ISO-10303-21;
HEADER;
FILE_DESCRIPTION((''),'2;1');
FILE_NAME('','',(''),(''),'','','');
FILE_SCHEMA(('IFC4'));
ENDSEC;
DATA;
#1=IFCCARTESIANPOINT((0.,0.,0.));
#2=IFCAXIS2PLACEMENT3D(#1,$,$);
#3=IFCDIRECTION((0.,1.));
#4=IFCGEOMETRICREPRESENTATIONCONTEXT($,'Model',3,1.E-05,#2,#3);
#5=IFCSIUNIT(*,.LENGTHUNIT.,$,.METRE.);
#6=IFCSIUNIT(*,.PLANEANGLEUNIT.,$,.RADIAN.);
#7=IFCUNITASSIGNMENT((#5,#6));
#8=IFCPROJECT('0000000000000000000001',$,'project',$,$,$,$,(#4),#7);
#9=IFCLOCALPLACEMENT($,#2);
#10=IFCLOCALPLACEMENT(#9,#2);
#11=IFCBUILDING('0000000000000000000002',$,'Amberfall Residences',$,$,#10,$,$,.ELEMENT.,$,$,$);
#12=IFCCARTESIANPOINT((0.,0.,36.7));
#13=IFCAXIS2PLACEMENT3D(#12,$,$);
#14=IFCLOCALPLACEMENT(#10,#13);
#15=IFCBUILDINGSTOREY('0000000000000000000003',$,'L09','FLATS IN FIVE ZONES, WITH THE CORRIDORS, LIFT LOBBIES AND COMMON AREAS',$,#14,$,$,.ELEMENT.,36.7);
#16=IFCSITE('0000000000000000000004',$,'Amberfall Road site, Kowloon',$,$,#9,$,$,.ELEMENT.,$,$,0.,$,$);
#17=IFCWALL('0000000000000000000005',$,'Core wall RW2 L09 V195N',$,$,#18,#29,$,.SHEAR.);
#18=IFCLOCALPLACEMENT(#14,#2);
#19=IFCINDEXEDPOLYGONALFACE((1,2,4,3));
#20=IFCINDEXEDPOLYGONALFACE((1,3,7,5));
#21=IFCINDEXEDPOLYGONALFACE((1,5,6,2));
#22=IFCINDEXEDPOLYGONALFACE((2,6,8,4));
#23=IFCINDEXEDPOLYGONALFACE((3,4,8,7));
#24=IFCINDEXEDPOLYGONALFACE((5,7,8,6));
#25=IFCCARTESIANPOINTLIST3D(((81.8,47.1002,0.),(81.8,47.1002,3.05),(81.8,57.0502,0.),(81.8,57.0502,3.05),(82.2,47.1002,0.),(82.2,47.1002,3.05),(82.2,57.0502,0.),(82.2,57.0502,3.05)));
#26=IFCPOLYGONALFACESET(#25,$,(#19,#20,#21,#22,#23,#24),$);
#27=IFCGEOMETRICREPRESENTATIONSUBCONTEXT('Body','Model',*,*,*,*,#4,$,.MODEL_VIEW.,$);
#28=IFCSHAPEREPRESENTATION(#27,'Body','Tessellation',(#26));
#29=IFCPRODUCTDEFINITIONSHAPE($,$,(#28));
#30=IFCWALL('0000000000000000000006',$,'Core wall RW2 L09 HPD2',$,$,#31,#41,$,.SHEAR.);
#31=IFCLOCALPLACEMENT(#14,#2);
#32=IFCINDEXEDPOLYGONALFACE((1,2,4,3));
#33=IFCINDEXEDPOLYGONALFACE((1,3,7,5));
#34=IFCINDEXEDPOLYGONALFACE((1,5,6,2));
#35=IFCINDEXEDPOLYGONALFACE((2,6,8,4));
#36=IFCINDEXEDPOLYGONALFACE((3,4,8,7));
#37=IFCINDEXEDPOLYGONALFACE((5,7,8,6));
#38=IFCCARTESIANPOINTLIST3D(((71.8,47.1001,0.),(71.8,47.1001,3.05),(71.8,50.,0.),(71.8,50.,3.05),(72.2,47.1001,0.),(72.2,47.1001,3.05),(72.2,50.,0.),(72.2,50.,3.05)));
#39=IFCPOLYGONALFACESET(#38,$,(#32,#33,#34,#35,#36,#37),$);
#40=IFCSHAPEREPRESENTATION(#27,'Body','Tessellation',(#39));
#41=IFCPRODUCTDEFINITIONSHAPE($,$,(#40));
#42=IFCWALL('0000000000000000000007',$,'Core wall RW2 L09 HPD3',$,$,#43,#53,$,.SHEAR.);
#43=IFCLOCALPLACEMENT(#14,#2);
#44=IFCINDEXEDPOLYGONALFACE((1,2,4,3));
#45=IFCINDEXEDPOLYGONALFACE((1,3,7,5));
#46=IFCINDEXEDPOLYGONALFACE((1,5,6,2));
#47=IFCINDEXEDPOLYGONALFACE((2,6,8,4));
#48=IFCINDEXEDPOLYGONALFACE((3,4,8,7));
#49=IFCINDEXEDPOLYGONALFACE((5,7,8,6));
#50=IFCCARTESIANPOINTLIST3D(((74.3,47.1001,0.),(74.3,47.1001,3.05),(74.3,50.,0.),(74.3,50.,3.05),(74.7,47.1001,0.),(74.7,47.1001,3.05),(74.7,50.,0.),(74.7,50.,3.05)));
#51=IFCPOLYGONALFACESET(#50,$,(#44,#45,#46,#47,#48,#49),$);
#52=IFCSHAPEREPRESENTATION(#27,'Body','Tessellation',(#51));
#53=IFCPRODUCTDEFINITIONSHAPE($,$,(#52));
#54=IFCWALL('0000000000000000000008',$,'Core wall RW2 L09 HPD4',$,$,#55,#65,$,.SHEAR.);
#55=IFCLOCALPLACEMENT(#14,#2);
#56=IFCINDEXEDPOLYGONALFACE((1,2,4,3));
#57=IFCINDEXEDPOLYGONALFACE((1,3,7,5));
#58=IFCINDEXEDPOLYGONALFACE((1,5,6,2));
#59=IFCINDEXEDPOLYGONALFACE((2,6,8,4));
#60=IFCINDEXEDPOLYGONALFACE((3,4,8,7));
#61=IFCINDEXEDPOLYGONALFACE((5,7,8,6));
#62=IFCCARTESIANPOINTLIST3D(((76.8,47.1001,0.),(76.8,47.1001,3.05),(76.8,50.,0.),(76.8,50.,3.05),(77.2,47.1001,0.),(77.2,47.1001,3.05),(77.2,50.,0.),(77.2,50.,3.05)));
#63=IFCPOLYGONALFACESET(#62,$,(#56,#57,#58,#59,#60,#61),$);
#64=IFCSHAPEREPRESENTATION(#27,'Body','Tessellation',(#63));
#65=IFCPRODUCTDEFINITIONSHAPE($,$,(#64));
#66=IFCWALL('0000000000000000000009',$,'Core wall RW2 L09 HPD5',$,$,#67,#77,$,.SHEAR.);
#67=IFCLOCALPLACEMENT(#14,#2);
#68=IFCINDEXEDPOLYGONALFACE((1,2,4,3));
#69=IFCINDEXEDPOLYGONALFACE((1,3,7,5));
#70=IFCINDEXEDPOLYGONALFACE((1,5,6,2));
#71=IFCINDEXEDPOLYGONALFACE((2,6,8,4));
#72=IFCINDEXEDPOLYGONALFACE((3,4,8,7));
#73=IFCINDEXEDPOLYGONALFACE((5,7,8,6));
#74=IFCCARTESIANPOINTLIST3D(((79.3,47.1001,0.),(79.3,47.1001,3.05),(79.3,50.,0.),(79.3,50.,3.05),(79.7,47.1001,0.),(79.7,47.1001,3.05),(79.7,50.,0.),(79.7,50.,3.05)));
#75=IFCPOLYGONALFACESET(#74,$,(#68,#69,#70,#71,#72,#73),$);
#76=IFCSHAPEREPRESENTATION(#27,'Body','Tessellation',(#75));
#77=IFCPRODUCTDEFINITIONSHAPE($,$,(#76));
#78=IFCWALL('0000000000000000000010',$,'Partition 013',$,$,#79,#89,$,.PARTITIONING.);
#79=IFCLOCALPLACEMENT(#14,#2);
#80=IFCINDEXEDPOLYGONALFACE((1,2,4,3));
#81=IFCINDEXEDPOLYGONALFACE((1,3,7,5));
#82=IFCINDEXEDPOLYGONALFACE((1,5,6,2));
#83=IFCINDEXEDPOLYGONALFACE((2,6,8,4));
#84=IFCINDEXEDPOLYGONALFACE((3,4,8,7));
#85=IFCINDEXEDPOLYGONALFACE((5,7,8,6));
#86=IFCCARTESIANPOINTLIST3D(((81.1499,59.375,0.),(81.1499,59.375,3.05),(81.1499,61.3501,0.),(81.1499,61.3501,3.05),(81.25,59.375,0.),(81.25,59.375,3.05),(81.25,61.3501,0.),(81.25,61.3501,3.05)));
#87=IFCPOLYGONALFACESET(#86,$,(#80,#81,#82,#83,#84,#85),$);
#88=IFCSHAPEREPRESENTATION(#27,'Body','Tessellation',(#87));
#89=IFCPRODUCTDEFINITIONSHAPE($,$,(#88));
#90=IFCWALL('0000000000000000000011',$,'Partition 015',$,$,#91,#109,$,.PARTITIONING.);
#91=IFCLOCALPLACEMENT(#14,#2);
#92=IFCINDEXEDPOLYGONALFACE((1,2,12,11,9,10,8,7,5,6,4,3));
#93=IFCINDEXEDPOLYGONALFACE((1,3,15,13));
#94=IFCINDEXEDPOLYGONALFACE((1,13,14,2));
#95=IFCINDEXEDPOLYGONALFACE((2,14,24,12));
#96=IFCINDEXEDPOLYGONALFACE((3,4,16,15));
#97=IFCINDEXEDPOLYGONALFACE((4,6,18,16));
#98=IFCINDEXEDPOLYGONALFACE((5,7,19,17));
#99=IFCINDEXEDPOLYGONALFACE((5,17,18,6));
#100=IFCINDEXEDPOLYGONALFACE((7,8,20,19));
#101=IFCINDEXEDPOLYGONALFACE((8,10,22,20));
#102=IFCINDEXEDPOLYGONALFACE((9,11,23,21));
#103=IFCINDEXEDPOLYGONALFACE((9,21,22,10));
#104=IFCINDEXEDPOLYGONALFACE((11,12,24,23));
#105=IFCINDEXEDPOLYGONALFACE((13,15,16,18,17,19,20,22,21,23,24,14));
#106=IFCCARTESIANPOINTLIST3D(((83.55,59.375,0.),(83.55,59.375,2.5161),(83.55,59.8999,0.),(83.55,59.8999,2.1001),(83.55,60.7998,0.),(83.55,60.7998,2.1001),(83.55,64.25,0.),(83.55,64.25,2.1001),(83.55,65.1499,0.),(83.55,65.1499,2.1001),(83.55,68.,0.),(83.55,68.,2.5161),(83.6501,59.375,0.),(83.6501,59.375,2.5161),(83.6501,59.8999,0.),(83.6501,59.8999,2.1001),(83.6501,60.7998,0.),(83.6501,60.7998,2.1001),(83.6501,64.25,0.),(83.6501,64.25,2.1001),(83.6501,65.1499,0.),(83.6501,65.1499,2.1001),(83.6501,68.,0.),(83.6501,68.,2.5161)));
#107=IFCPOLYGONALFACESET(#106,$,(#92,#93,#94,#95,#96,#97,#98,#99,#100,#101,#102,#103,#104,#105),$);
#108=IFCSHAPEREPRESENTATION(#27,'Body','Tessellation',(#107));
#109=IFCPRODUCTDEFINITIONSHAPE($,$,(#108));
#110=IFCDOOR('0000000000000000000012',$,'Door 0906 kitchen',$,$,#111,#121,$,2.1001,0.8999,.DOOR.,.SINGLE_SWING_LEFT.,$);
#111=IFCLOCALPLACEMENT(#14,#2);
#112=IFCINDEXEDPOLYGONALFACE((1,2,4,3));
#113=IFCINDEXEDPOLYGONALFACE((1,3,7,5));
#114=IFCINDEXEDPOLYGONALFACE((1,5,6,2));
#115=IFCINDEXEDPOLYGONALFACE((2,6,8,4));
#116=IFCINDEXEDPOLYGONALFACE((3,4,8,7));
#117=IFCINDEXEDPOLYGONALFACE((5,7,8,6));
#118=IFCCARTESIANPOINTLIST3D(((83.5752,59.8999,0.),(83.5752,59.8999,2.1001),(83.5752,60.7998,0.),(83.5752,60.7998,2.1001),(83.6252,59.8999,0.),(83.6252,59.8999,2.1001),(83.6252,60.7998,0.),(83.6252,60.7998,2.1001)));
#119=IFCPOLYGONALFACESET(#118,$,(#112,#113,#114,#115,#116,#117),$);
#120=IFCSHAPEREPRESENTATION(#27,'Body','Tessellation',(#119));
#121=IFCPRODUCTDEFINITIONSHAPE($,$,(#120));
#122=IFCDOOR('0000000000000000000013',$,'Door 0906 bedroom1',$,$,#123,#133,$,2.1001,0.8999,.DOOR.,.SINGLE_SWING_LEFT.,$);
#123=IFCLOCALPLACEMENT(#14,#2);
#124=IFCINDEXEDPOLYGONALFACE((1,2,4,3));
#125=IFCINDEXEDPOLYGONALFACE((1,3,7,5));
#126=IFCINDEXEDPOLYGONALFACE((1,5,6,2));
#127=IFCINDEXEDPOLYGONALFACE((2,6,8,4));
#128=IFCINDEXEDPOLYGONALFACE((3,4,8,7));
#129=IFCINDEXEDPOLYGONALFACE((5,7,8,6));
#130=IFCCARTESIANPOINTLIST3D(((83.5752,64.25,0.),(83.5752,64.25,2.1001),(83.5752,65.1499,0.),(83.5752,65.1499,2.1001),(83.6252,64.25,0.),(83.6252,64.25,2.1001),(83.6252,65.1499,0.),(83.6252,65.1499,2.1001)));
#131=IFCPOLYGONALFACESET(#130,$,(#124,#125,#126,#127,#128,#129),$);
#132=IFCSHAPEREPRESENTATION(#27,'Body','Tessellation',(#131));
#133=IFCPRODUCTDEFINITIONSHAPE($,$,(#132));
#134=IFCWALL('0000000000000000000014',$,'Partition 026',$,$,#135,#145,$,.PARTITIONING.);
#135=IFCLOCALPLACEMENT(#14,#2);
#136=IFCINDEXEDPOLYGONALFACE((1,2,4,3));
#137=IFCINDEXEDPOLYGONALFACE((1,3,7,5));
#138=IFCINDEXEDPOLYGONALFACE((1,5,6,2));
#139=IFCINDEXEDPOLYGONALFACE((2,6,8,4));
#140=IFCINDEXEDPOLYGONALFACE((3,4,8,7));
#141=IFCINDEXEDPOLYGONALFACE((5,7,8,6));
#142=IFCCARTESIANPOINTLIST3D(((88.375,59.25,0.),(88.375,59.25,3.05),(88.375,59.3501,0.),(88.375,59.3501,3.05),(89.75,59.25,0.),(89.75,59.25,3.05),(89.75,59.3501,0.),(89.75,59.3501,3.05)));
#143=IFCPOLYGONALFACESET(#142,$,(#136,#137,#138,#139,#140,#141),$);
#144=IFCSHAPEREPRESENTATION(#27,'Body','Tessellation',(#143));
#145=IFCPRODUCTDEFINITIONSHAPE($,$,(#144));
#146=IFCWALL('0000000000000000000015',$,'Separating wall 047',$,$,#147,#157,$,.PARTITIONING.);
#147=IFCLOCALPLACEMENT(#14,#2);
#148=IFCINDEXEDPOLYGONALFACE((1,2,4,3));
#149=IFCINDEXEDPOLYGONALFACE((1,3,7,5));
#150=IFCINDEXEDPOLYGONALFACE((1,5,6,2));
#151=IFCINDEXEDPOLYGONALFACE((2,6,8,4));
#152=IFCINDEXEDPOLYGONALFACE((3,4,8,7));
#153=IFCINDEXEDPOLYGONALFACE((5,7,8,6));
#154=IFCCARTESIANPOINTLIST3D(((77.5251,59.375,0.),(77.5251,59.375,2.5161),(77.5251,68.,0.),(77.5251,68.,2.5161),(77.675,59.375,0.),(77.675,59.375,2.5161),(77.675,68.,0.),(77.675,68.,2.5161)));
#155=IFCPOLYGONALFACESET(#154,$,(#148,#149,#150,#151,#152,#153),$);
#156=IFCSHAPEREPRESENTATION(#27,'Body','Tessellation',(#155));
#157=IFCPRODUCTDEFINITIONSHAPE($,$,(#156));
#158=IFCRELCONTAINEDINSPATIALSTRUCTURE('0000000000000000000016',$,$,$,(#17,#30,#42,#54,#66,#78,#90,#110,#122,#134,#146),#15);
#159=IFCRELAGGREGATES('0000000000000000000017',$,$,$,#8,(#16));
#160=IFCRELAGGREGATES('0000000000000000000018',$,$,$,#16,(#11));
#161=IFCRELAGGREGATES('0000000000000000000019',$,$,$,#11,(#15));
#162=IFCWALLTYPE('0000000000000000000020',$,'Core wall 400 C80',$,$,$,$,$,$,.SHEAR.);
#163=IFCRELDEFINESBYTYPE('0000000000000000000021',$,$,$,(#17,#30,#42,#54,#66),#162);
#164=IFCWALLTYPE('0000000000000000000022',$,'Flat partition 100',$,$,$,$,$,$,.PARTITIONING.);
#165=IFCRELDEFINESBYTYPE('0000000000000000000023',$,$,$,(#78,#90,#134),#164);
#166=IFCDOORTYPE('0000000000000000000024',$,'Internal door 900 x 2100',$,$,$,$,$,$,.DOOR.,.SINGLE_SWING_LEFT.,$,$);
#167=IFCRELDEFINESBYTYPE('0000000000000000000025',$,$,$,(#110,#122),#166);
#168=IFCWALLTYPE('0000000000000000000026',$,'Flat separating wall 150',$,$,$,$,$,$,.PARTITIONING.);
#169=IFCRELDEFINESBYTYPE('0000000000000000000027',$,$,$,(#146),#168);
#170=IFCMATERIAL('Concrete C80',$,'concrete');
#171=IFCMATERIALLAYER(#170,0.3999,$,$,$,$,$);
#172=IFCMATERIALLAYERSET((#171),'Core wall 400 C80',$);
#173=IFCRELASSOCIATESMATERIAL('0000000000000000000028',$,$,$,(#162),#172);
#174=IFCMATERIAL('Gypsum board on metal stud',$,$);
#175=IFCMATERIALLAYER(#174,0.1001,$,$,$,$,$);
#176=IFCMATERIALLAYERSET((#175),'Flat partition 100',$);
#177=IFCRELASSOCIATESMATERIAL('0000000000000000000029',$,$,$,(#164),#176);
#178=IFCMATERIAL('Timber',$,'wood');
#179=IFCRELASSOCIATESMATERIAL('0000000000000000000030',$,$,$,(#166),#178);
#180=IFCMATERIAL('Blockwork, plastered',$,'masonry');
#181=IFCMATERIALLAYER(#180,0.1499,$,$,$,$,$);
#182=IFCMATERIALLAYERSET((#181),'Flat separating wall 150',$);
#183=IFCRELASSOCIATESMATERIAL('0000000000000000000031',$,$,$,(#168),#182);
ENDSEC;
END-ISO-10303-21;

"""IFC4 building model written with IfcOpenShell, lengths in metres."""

from ifc_helpers import new_model, si_unit, direction, frame, frame_2d, origin, place, context, subcontext, project, spatial, rectangle, extrude, material, layer, layer_set, type_object, element, fill, save


model = new_model("IFC4")

# Units and contexts
model_context = context("Model", 3, precision=1e-05, world=origin(), true_north=direction((0.0, 1.0)))
body_context = subcontext(model_context, "Body", "Model", "MODEL_VIEW")
ifc_project = project(units=[si_unit("LENGTHUNIT", "METRE"), si_unit("PLANEANGLEUNIT", "RADIAN")], contexts=[model_context])

# Site, building, storey
site_placement = place(None, origin())
site = spatial("IfcSite", under=ifc_project, at=site_placement, Name="Amberfall Road site, Kowloon", CompositionType="ELEMENT", RefElevation=0.0)
building_placement = place(site_placement, origin())
building = spatial("IfcBuilding", under=site, at=building_placement, Name="Amberfall Residences", CompositionType="ELEMENT")
storey_placement = place(building_placement, frame((0.0, 0.0, 36.7)))
storey = spatial("IfcBuildingStorey", under=building, at=storey_placement, Name="L09", Description="FLATS IN FIVE ZONES, WITH THE CORRIDORS, LIFT LOBBIES AND COMMON AREAS", CompositionType="ELEMENT", Elevation=36.7)

# Walls
ifc_material_1 = material(Name="Concrete C80", Category="concrete")
ifc_layer_1 = layer(ifc_material_1, 0.3999)
ifc_layer_set_1 = layer_set([ifc_layer_1], Name="Core wall 400 C80")
wall_type_1 = type_object("IfcWallType", Name="Core wall 400 C80", PredefinedType="SHEAR", material=ifc_layer_set_1)
wall_1_placement = place(storey_placement, frame((82.0, 47.1001, 0.0), z_axis=(0.0, 0.0, 1.0), x_axis=(0.0, 1.0, 0.0)))
element("IfcWall", 1, at=wall_1_placement, inside=storey, type_object=wall_type_1, Name="Core wall RW2 L09 V195N", PredefinedType="SHEAR", context=body_context, shape_type="SweptSolid", body=[
    extrude(rectangle(XDim=9.95, YDim=0.3999, at=frame_2d((4.9751, 0.0))), origin(), (0.0, 0.0, 1.0), 3.05),
])
for number, where, z_axis, x_axis, name in (
    (2, (72.0, 47.1001, 0.0), (0.0, 0.0, 1.0), (0.0, 1.0, 0.0), "Core wall RW2 L09 HPD2"),
    (3, (74.5, 47.1001, 0.0), (0.0, 0.0, 1.0), (0.0, 1.0, 0.0), "Core wall RW2 L09 HPD3"),
    (4, (77.0, 47.1001, 0.0), (0.0, 0.0, 1.0), (0.0, 1.0, 0.0), "Core wall RW2 L09 HPD4"),
    (5, (79.5, 47.1001, 0.0), (0.0, 0.0, 1.0), (0.0, 1.0, 0.0), "Core wall RW2 L09 HPD5"),
):
    element("IfcWall", number, at=place(storey_placement, frame(where, z_axis=z_axis, x_axis=x_axis)), inside=storey, type_object=wall_type_1, Name=name, PredefinedType="SHEAR", context=body_context, shape_type="SweptSolid", body=[
        extrude(rectangle(XDim=2.8999, YDim=0.3999, at=frame_2d((1.45, 0.0))), origin(), (0.0, 0.0, 1.0), 3.05),
    ])
ifc_material_2 = material(Name="Gypsum board on metal stud")
ifc_layer_2 = layer(ifc_material_2, 0.1001)
ifc_layer_set_2 = layer_set([ifc_layer_2], Name="Flat partition 100")
wall_type_2 = type_object("IfcWallType", Name="Flat partition 100", PredefinedType="PARTITIONING", material=ifc_layer_set_2)
wall_2_placement = place(storey_placement, frame((81.2, 59.375, 0.0), z_axis=(0.0, 0.0, 1.0), x_axis=(0.0, 1.0, 0.0)))
element("IfcWall", 6, at=wall_2_placement, inside=storey, type_object=wall_type_2, Name="Partition 013", PredefinedType="PARTITIONING", context=body_context, shape_type="SweptSolid", body=[
    extrude(rectangle(XDim=1.9751, YDim=0.1001, at=frame_2d((0.9875, 0.0))), origin(), (0.0, 0.0, 1.0), 3.05),
])

# Wall, openings, doors
wall_3_placement = place(storey_placement, frame((83.6001, 59.375, 0.0), z_axis=(0.0, 0.0, 1.0), x_axis=(0.0, 1.0, 0.0)))
wall_3 = element("IfcWall", 7, at=wall_3_placement, inside=storey, type_object=wall_type_2, Name="Partition 015", PredefinedType="PARTITIONING", context=body_context, shape_type="SweptSolid", body=[
    extrude(rectangle(XDim=8.625, YDim=0.1001, at=frame_2d((4.3125, 0.0))), origin(), (0.0, 0.0, 1.0), 2.5161),
])
opening_1_placement = place(wall_3_placement, frame((0.5249, 0.0, 0.0)))
opening_1 = element("IfcOpeningElement", 8, at=opening_1_placement, cuts=wall_3, PredefinedType="OPENING", context=body_context, shape_type="SweptSolid", body=[
    extrude(rectangle(XDim=0.8999, YDim=2.1001, at=frame_2d((0.45, 1.05))), frame((0.0, 0.0601, 0.0), z_axis=(0.0, -1.0, 0.0), x_axis=(1.0, 0.0, 0.0)), (0.0, 0.0, 1.0), 0.1201),
])
opening_2_placement = place(wall_3_placement, frame((4.875, 0.0, 0.0)))
opening_2 = element("IfcOpeningElement", 9, at=opening_2_placement, cuts=wall_3, PredefinedType="OPENING", context=body_context, shape_type="SweptSolid", body=[
    extrude(rectangle(XDim=0.8999, YDim=2.1001, at=frame_2d((0.45, 1.05))), frame((0.0, 0.0601, 0.0), z_axis=(0.0, -1.0, 0.0), x_axis=(1.0, 0.0, 0.0)), (0.0, 0.0, 1.0), 0.1201),
])
ifc_material_3 = material(Name="Timber", Category="wood")
door_type_1 = type_object("IfcDoorType", Name="Internal door 900 x 2100", OperationType="SINGLE_SWING_LEFT", PredefinedType="DOOR", material=ifc_material_3)
door_1_placement = place(opening_1_placement, origin())
door_1 = element("IfcDoor", 10, at=door_1_placement, inside=storey, type_object=door_type_1, Name="Door 0906 kitchen", OperationType="SINGLE_SWING_LEFT", OverallHeight=2.1001, OverallWidth=0.8999, PredefinedType="DOOR", context=body_context, shape_type="SweptSolid", body=[
    extrude(rectangle(XDim=0.8999, YDim=2.1001, at=frame_2d((0.45, 1.05))), frame((0.0, 0.0249, 0.0), z_axis=(0.0, -1.0, 0.0), x_axis=(1.0, 0.0, 0.0)), (0.0, 0.0, 1.0), 0.05),
])
fill(opening_1, door_1)
door_2_placement = place(opening_2_placement, origin())
door_2 = element("IfcDoor", 11, at=door_2_placement, inside=storey, type_object=door_type_1, Name="Door 0906 bedroom1", OperationType="SINGLE_SWING_LEFT", OverallHeight=2.1001, OverallWidth=0.8999, PredefinedType="DOOR", context=body_context, shape_type="SweptSolid", body=[
    extrude(rectangle(XDim=0.8999, YDim=2.1001, at=frame_2d((0.45, 1.05))), frame((0.0, 0.0249, 0.0), z_axis=(0.0, -1.0, 0.0), x_axis=(1.0, 0.0, 0.0)), (0.0, 0.0, 1.0), 0.05),
])
fill(opening_2, door_2)

# Walls
wall_4_placement = place(storey_placement, frame((88.375, 59.3, 0.0), z_axis=(0.0, 0.0, 1.0), x_axis=(1.0, 0.0, 0.0)))
element("IfcWall", 12, at=wall_4_placement, inside=storey, type_object=wall_type_2, Name="Partition 026", PredefinedType="PARTITIONING", context=body_context, shape_type="SweptSolid", body=[
    extrude(rectangle(XDim=1.375, YDim=0.1001, at=frame_2d((0.6875, 0.0))), origin(), (0.0, 0.0, 1.0), 3.05),
])
ifc_material_4 = material(Name="Blockwork, plastered", Category="masonry")
ifc_layer_3 = layer(ifc_material_4, 0.1499)
ifc_layer_set_3 = layer_set([ifc_layer_3], Name="Flat separating wall 150")
wall_type_3 = type_object("IfcWallType", Name="Flat separating wall 150", PredefinedType="PARTITIONING", material=ifc_layer_set_3)
wall_5_placement = place(storey_placement, frame((77.6001, 59.375, 0.0), z_axis=(0.0, 0.0, 1.0), x_axis=(0.0, 1.0, 0.0)))
element("IfcWall", 13, at=wall_5_placement, inside=storey, type_object=wall_type_3, Name="Separating wall 047", PredefinedType="PARTITIONING", context=body_context, shape_type="SweptSolid", body=[
    extrude(rectangle(XDim=8.625, YDim=0.1499, at=frame_2d((4.3125, 0.0))), origin(), (0.0, 0.0, 1.0), 2.5161),
])

save(model, "model.ifc")
